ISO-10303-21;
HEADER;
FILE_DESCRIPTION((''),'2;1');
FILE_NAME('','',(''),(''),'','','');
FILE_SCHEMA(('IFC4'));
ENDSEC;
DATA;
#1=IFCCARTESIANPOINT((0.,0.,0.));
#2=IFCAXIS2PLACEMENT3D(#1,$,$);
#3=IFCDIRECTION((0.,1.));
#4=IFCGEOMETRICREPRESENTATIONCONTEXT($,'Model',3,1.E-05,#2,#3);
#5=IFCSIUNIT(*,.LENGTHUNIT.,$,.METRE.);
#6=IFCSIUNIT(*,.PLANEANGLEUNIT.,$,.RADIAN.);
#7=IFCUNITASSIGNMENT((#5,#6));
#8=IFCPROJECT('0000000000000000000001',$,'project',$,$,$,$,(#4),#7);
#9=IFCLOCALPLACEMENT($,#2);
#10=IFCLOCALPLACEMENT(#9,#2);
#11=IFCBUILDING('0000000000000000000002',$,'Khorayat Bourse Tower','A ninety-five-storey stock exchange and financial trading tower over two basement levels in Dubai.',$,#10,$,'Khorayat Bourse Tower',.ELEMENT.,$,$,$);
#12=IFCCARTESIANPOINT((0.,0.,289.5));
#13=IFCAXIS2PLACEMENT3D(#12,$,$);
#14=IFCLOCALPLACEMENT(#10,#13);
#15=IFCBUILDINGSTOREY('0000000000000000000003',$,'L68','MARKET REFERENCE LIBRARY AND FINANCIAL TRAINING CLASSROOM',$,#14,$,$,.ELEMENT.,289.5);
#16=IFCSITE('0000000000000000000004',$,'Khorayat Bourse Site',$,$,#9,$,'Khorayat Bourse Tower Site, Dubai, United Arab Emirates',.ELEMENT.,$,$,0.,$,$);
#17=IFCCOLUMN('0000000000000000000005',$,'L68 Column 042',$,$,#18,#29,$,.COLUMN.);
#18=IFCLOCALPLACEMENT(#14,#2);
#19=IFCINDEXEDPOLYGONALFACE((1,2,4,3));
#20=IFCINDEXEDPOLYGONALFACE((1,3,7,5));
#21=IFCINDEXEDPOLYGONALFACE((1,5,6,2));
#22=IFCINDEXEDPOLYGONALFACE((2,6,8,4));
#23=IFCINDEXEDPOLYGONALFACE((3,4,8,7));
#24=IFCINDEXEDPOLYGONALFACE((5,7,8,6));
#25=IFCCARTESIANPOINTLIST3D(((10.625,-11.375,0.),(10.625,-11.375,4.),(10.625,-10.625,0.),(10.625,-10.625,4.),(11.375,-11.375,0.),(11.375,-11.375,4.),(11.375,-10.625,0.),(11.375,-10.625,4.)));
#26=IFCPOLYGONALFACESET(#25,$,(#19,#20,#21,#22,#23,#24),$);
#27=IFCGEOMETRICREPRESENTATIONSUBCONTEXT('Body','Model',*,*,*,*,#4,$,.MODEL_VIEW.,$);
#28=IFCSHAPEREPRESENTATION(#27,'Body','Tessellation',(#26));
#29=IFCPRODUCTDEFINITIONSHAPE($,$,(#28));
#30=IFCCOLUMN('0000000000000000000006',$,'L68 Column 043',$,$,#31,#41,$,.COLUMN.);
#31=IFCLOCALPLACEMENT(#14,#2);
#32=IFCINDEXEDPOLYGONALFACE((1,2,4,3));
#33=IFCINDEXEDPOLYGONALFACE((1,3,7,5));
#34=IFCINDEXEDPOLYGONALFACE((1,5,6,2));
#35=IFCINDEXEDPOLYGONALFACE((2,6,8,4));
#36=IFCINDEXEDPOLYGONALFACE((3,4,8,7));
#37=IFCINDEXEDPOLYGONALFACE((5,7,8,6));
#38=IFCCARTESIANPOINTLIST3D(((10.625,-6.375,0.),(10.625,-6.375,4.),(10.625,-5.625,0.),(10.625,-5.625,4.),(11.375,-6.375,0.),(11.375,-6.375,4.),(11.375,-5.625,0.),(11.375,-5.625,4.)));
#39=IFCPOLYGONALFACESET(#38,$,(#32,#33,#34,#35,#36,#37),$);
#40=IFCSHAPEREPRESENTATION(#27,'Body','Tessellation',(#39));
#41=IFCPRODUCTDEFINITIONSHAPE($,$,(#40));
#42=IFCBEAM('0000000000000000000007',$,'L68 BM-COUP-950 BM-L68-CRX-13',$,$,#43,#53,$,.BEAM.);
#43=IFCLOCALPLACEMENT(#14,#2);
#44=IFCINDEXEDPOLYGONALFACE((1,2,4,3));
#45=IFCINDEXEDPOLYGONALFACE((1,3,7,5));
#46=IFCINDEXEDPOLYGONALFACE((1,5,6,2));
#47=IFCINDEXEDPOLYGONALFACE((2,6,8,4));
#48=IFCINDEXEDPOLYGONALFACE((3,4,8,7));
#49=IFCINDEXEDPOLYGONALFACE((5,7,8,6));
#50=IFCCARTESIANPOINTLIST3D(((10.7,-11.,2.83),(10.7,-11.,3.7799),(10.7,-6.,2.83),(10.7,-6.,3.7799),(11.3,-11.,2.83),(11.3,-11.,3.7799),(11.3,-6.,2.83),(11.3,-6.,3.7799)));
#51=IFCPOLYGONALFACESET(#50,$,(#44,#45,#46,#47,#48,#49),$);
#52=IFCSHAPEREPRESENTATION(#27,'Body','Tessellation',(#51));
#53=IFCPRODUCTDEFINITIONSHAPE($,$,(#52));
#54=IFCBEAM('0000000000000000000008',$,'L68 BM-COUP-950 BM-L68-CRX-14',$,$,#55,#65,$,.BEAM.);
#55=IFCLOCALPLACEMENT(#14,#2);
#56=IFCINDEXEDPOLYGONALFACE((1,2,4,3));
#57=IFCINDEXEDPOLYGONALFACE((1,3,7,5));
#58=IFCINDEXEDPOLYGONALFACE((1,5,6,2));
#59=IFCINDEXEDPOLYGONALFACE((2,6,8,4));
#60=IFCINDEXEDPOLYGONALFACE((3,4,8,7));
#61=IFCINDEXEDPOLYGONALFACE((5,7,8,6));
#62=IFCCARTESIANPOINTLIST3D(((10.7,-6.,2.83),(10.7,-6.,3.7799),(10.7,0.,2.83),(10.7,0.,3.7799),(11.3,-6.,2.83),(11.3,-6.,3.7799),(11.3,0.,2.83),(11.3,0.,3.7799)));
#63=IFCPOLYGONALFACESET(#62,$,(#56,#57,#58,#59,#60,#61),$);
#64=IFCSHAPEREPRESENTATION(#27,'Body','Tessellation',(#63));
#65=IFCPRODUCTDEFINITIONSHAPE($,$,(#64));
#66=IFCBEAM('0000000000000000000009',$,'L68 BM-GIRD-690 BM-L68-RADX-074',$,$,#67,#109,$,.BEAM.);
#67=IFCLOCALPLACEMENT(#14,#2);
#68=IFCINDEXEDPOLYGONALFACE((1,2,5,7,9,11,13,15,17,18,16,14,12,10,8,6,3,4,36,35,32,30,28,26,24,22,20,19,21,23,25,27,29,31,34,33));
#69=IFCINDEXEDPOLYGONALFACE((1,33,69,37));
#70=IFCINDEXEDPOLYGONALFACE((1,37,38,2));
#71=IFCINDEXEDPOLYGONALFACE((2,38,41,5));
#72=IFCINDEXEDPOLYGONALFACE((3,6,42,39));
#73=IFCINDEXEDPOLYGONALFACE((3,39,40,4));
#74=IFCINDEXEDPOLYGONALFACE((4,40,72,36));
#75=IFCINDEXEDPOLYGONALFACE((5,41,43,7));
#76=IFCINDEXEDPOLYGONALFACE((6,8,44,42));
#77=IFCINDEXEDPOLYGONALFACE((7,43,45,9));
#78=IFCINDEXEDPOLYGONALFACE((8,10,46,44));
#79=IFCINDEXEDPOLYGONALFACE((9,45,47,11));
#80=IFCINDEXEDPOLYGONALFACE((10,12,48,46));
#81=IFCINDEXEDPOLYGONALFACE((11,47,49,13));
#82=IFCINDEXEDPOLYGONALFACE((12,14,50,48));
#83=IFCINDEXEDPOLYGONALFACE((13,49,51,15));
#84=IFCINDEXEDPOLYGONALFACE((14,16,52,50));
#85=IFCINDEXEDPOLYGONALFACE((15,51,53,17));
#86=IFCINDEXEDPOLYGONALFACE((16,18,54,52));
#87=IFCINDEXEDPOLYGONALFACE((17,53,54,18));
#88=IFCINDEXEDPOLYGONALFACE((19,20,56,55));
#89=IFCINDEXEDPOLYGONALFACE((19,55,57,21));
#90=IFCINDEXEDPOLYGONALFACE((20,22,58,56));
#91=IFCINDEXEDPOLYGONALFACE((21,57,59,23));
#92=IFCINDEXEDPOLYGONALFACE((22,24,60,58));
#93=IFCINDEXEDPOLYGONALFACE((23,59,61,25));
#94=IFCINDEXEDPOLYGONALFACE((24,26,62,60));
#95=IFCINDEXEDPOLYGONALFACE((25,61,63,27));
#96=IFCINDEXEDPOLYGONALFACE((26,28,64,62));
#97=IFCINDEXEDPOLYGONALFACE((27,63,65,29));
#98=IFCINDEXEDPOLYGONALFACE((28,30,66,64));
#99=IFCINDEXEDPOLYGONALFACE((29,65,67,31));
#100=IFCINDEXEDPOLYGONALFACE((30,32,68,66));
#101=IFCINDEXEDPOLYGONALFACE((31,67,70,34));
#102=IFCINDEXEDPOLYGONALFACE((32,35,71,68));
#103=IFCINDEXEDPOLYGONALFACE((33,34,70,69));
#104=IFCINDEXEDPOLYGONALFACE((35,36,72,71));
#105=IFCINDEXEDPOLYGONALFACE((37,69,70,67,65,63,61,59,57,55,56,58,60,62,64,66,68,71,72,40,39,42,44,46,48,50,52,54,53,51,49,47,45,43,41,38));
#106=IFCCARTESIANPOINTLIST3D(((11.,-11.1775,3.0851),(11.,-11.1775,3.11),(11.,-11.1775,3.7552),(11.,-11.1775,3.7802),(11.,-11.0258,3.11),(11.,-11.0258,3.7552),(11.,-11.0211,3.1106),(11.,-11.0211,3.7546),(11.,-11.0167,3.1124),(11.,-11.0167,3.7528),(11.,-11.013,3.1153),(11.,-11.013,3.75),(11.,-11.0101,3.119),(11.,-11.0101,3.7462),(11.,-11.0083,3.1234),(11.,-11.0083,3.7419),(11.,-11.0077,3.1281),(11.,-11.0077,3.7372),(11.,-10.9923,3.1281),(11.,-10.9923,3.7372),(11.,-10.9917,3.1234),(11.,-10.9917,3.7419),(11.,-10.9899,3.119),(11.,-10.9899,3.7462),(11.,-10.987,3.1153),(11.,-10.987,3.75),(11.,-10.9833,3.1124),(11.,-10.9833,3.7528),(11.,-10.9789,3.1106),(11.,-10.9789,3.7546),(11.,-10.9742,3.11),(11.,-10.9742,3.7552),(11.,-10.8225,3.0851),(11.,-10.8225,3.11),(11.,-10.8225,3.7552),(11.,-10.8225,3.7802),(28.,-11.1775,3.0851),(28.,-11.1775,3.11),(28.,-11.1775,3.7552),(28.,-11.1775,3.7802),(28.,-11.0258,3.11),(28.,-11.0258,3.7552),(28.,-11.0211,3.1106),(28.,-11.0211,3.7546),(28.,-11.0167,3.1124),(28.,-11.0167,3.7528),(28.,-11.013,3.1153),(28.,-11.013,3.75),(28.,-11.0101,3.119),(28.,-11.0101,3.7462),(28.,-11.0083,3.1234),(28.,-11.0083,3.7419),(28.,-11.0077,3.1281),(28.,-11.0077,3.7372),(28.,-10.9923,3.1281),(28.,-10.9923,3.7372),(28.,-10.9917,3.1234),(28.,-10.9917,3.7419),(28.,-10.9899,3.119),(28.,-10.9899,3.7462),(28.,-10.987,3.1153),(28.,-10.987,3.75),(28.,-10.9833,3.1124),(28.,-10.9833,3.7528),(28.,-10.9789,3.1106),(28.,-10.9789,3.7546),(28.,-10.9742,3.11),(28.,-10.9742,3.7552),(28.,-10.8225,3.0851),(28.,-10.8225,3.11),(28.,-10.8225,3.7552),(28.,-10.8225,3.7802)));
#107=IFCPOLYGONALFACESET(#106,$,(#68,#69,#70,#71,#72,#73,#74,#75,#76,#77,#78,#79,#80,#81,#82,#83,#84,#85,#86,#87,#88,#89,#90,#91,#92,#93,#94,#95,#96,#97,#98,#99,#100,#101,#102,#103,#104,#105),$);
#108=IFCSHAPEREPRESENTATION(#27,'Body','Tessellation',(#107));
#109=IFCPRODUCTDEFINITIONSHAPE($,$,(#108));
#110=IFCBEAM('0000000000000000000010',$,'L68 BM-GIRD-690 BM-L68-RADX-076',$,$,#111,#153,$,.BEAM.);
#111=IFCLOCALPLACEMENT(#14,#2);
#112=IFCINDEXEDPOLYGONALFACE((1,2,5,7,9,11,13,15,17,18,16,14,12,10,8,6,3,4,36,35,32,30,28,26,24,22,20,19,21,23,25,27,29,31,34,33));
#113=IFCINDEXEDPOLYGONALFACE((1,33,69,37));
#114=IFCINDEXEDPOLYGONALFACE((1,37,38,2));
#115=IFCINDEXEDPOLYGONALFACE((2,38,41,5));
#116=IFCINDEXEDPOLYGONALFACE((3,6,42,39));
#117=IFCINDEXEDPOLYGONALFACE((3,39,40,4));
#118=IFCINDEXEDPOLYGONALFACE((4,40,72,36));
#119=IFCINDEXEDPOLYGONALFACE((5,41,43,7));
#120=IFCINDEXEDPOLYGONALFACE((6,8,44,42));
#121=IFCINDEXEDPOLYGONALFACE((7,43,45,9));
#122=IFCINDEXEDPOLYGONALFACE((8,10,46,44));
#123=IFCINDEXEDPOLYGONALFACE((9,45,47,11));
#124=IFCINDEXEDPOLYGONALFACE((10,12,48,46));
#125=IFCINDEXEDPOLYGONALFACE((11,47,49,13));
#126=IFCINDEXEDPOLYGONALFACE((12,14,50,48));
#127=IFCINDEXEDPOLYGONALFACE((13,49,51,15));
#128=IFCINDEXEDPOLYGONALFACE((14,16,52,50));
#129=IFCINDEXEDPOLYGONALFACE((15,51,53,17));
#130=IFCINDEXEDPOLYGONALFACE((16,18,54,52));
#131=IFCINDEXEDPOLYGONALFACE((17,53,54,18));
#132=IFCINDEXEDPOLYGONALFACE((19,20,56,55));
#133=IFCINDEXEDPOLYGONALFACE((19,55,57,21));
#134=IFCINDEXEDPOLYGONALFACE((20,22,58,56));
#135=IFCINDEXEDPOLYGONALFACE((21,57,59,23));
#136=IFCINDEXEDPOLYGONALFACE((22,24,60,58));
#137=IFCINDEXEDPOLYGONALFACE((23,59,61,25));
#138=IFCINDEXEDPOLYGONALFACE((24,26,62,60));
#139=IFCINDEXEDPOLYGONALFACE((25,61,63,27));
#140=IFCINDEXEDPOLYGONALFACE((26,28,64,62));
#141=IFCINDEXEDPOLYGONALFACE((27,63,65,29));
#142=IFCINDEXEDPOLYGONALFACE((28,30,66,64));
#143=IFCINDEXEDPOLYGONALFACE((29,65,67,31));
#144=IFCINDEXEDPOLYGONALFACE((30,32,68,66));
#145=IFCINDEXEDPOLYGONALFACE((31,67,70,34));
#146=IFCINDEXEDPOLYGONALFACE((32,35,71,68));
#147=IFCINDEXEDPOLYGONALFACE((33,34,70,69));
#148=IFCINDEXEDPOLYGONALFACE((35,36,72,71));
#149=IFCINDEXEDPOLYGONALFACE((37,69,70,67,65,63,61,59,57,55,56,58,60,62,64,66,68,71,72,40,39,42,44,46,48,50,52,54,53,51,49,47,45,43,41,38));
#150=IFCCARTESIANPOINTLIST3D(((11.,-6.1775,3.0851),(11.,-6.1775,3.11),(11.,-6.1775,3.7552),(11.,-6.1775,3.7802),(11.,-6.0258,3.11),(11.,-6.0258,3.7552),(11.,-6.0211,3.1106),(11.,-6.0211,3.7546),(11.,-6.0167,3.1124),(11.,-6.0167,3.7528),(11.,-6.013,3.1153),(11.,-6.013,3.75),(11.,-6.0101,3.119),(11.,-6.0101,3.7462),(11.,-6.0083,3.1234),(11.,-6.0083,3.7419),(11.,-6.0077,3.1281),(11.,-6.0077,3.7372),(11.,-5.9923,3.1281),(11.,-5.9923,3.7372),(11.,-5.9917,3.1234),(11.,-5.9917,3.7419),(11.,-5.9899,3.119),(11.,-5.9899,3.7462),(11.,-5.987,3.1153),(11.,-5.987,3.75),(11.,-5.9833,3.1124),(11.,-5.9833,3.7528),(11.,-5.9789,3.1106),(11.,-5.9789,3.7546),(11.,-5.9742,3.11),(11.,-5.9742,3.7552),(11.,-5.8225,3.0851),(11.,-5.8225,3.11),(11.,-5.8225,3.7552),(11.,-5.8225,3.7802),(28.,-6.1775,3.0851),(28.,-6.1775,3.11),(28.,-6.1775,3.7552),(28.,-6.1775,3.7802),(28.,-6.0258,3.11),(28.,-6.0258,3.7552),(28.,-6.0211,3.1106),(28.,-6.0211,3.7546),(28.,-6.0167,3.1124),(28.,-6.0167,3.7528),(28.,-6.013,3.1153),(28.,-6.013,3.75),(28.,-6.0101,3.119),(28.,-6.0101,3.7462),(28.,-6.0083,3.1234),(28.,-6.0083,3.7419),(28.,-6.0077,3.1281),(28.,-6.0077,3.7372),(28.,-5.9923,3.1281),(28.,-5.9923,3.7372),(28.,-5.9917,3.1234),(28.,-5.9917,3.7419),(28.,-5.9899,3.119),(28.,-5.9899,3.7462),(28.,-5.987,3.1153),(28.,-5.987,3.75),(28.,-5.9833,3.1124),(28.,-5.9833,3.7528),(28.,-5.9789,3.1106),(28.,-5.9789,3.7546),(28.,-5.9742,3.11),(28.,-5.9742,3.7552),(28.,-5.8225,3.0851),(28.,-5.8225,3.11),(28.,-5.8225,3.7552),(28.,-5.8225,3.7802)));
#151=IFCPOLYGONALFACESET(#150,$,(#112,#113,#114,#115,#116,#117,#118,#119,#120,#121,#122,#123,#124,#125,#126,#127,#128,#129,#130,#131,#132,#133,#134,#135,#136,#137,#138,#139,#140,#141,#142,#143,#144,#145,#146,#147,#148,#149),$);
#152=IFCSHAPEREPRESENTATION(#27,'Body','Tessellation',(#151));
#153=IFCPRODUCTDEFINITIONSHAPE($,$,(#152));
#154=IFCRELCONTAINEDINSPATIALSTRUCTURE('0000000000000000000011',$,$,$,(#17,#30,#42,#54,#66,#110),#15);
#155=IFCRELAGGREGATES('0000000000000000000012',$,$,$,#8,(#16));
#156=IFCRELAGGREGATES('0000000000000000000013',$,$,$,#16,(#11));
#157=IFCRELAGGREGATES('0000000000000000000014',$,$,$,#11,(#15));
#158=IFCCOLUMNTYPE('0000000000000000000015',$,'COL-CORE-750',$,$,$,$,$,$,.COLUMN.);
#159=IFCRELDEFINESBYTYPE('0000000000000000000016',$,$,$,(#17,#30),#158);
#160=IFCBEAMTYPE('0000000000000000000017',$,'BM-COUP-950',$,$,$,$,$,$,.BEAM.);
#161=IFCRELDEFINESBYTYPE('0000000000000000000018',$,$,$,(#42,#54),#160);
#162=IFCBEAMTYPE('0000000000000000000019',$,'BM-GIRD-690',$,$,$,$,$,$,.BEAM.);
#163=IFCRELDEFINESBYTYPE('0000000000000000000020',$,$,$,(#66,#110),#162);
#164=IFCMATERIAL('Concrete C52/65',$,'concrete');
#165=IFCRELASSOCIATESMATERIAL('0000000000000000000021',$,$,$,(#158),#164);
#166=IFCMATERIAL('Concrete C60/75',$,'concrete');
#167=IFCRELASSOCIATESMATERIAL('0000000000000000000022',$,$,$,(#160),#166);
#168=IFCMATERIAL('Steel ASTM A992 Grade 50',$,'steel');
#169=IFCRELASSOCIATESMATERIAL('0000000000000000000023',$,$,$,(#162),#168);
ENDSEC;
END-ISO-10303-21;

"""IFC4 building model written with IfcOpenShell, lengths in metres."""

from ifc_helpers import new_model, si_unit, direction, frame, origin, origin_2d, place, context, subcontext, project, spatial, rectangle, i_section, extrude, source, transform, mapped, material, material_profile, profile_set, type_object, element, save


model = new_model("IFC4")

# Units and contexts
model_context = context("Model", 3, precision=1e-05, world=origin(), true_north=direction((0.0, 1.0)))
body_context = subcontext(model_context, "Body", "Model", "MODEL_VIEW")
ifc_project = project(units=[si_unit("LENGTHUNIT", "METRE"), si_unit("PLANEANGLEUNIT", "RADIAN")], contexts=[model_context])

# Site, building, storey
site_placement = place(None, origin())
site = spatial("IfcSite", under=ifc_project, at=site_placement, Name="Khorayat Bourse Site", LongName="Khorayat Bourse Tower Site, Dubai, United Arab Emirates", CompositionType="ELEMENT", RefElevation=0.0)
building_placement = place(site_placement, origin())
building = spatial("IfcBuilding", under=site, at=building_placement, Name="Khorayat Bourse Tower", Description="A ninety-five-storey stock exchange and financial trading tower over two basement levels in Dubai.", LongName="Khorayat Bourse Tower", CompositionType="ELEMENT")
storey_placement = place(building_placement, frame((0.0, 0.0, 289.5)))
storey = spatial("IfcBuildingStorey", under=building, at=storey_placement, Name="L68", Description="MARKET REFERENCE LIBRARY AND FINANCIAL TRAINING CLASSROOM", CompositionType="ELEMENT", Elevation=289.5)

# Columns
ifc_material_1 = material(Name="Concrete C52/65", Category="concrete")
ifc_material_profile_1 = material_profile(ifc_material_1, rectangle(XDim=0.75, YDim=0.75, at=origin_2d()), Name="RC 750x750")
ifc_profile_set_1 = profile_set([ifc_material_profile_1], Name="Concrete C52/65")
column_type = type_object("IfcColumnType", Name="COL-CORE-750", PredefinedType="COLUMN", material=ifc_profile_set_1)
shared_shape_1 = source(origin(), body_context, "Body", "SweptSolid", [
    extrude(rectangle(XDim=0.75, YDim=0.75, at=origin_2d()), origin(), (0.0, 0.0, 1.0), 4.0),
])
for number, where, z_axis, x_axis, name in (
    (1, (11.0, -11.0, 0.0), (0.0, 0.0, 1.0), (1.0, 0.0, 0.0), "L68 Column 042"),
    (2, (11.0, -6.0, 0.0), (0.0, 0.0, 1.0), (1.0, 0.0, 0.0), "L68 Column 043"),
):
    element("IfcColumn", number, at=place(storey_placement, frame(where, z_axis=z_axis, x_axis=x_axis)), inside=storey, type_object=column_type, Name=name, PredefinedType="COLUMN", context=body_context, shape_type="MappedRepresentation", body=[
        mapped(shared_shape_1, transform((0.0, 0.0, 0.0), scale=1.0)),
    ])

# Beams
ifc_material_2 = material(Name="Concrete C60/75", Category="concrete")
ifc_material_profile_2 = material_profile(ifc_material_2, rectangle(XDim=0.6001, YDim=0.95, at=origin_2d()), Name="RC 600x950")
ifc_profile_set_2 = profile_set([ifc_material_profile_2], Name="Concrete C60/75")
beam_type_1 = type_object("IfcBeamType", Name="BM-COUP-950", PredefinedType="BEAM", material=ifc_profile_set_2)
shared_shape_2 = source(origin(), body_context, "Body", "SweptSolid", [
    extrude(rectangle(XDim=0.6001, YDim=0.95, at=origin_2d()), origin(), (0.0, 0.0, 1.0), 5.0),
])
beam_1_placement = place(storey_placement, frame((11.0, -11.0, 3.3049), z_axis=(0.0, 1.0, 0.0), x_axis=(-1.0, 0.0, 0.0)))
element("IfcBeam", 3, at=beam_1_placement, inside=storey, type_object=beam_type_1, Name="L68 BM-COUP-950 BM-L68-CRX-13", PredefinedType="BEAM", context=body_context, shape_type="MappedRepresentation", body=[
    mapped(shared_shape_2, transform((0.0, 0.0, 0.0), scale=1.0)),
])
shared_shape_3 = source(origin(), body_context, "Body", "SweptSolid", [
    extrude(rectangle(XDim=0.6001, YDim=0.95, at=origin_2d()), origin(), (0.0, 0.0, 1.0), 6.0),
])
beam_2_placement = place(storey_placement, frame((11.0, -6.0, 3.3049), z_axis=(0.0, 1.0, 0.0), x_axis=(-1.0, 0.0, 0.0)))
element("IfcBeam", 4, at=beam_2_placement, inside=storey, type_object=beam_type_1, Name="L68 BM-COUP-950 BM-L68-CRX-14", PredefinedType="BEAM", context=body_context, shape_type="MappedRepresentation", body=[
    mapped(shared_shape_3, transform((0.0, 0.0, 0.0), scale=1.0)),
])
ifc_material_3 = material(Name="Steel ASTM A992 Grade 50", Category="steel")
ifc_material_profile_3 = material_profile(ifc_material_3, i_section(OverallWidth=0.355, OverallDepth=0.6951, WebThickness=0.0154, FlangeThickness=0.0249, FilletRadius=0.0181, at=origin_2d()), Name="W690X217")
ifc_profile_set_3 = profile_set([ifc_material_profile_3], Name="Steel ASTM A992 Grade 50")
beam_type_2 = type_object("IfcBeamType", Name="BM-GIRD-690", PredefinedType="BEAM", material=ifc_profile_set_3)
shared_shape_4 = source(origin(), body_context, "Body", "SweptSolid", [
    extrude(i_section(OverallWidth=0.355, OverallDepth=0.6951, WebThickness=0.0154, FlangeThickness=0.0249, FilletRadius=0.0181, at=origin_2d()), origin(), (0.0, 0.0, 1.0), 17.0),
])
for number, where, z_axis, x_axis, name in (
    (5, (11.0, -11.0, 3.4326), (1.0, 0.0, 0.0), (0.0, 1.0, 0.0), "L68 BM-GIRD-690 BM-L68-RADX-074"),
    (6, (11.0, -6.0, 3.4326), (1.0, 0.0, 0.0), (0.0, 1.0, 0.0), "L68 BM-GIRD-690 BM-L68-RADX-076"),
):
    element("IfcBeam", number, at=place(storey_placement, frame(where, z_axis=z_axis, x_axis=x_axis)), inside=storey, type_object=beam_type_2, Name=name, PredefinedType="BEAM", context=body_context, shape_type="MappedRepresentation", body=[
        mapped(shared_shape_4, transform((0.0, 0.0, 0.0), scale=1.0)),
    ])

save(model, "model.ifc")
